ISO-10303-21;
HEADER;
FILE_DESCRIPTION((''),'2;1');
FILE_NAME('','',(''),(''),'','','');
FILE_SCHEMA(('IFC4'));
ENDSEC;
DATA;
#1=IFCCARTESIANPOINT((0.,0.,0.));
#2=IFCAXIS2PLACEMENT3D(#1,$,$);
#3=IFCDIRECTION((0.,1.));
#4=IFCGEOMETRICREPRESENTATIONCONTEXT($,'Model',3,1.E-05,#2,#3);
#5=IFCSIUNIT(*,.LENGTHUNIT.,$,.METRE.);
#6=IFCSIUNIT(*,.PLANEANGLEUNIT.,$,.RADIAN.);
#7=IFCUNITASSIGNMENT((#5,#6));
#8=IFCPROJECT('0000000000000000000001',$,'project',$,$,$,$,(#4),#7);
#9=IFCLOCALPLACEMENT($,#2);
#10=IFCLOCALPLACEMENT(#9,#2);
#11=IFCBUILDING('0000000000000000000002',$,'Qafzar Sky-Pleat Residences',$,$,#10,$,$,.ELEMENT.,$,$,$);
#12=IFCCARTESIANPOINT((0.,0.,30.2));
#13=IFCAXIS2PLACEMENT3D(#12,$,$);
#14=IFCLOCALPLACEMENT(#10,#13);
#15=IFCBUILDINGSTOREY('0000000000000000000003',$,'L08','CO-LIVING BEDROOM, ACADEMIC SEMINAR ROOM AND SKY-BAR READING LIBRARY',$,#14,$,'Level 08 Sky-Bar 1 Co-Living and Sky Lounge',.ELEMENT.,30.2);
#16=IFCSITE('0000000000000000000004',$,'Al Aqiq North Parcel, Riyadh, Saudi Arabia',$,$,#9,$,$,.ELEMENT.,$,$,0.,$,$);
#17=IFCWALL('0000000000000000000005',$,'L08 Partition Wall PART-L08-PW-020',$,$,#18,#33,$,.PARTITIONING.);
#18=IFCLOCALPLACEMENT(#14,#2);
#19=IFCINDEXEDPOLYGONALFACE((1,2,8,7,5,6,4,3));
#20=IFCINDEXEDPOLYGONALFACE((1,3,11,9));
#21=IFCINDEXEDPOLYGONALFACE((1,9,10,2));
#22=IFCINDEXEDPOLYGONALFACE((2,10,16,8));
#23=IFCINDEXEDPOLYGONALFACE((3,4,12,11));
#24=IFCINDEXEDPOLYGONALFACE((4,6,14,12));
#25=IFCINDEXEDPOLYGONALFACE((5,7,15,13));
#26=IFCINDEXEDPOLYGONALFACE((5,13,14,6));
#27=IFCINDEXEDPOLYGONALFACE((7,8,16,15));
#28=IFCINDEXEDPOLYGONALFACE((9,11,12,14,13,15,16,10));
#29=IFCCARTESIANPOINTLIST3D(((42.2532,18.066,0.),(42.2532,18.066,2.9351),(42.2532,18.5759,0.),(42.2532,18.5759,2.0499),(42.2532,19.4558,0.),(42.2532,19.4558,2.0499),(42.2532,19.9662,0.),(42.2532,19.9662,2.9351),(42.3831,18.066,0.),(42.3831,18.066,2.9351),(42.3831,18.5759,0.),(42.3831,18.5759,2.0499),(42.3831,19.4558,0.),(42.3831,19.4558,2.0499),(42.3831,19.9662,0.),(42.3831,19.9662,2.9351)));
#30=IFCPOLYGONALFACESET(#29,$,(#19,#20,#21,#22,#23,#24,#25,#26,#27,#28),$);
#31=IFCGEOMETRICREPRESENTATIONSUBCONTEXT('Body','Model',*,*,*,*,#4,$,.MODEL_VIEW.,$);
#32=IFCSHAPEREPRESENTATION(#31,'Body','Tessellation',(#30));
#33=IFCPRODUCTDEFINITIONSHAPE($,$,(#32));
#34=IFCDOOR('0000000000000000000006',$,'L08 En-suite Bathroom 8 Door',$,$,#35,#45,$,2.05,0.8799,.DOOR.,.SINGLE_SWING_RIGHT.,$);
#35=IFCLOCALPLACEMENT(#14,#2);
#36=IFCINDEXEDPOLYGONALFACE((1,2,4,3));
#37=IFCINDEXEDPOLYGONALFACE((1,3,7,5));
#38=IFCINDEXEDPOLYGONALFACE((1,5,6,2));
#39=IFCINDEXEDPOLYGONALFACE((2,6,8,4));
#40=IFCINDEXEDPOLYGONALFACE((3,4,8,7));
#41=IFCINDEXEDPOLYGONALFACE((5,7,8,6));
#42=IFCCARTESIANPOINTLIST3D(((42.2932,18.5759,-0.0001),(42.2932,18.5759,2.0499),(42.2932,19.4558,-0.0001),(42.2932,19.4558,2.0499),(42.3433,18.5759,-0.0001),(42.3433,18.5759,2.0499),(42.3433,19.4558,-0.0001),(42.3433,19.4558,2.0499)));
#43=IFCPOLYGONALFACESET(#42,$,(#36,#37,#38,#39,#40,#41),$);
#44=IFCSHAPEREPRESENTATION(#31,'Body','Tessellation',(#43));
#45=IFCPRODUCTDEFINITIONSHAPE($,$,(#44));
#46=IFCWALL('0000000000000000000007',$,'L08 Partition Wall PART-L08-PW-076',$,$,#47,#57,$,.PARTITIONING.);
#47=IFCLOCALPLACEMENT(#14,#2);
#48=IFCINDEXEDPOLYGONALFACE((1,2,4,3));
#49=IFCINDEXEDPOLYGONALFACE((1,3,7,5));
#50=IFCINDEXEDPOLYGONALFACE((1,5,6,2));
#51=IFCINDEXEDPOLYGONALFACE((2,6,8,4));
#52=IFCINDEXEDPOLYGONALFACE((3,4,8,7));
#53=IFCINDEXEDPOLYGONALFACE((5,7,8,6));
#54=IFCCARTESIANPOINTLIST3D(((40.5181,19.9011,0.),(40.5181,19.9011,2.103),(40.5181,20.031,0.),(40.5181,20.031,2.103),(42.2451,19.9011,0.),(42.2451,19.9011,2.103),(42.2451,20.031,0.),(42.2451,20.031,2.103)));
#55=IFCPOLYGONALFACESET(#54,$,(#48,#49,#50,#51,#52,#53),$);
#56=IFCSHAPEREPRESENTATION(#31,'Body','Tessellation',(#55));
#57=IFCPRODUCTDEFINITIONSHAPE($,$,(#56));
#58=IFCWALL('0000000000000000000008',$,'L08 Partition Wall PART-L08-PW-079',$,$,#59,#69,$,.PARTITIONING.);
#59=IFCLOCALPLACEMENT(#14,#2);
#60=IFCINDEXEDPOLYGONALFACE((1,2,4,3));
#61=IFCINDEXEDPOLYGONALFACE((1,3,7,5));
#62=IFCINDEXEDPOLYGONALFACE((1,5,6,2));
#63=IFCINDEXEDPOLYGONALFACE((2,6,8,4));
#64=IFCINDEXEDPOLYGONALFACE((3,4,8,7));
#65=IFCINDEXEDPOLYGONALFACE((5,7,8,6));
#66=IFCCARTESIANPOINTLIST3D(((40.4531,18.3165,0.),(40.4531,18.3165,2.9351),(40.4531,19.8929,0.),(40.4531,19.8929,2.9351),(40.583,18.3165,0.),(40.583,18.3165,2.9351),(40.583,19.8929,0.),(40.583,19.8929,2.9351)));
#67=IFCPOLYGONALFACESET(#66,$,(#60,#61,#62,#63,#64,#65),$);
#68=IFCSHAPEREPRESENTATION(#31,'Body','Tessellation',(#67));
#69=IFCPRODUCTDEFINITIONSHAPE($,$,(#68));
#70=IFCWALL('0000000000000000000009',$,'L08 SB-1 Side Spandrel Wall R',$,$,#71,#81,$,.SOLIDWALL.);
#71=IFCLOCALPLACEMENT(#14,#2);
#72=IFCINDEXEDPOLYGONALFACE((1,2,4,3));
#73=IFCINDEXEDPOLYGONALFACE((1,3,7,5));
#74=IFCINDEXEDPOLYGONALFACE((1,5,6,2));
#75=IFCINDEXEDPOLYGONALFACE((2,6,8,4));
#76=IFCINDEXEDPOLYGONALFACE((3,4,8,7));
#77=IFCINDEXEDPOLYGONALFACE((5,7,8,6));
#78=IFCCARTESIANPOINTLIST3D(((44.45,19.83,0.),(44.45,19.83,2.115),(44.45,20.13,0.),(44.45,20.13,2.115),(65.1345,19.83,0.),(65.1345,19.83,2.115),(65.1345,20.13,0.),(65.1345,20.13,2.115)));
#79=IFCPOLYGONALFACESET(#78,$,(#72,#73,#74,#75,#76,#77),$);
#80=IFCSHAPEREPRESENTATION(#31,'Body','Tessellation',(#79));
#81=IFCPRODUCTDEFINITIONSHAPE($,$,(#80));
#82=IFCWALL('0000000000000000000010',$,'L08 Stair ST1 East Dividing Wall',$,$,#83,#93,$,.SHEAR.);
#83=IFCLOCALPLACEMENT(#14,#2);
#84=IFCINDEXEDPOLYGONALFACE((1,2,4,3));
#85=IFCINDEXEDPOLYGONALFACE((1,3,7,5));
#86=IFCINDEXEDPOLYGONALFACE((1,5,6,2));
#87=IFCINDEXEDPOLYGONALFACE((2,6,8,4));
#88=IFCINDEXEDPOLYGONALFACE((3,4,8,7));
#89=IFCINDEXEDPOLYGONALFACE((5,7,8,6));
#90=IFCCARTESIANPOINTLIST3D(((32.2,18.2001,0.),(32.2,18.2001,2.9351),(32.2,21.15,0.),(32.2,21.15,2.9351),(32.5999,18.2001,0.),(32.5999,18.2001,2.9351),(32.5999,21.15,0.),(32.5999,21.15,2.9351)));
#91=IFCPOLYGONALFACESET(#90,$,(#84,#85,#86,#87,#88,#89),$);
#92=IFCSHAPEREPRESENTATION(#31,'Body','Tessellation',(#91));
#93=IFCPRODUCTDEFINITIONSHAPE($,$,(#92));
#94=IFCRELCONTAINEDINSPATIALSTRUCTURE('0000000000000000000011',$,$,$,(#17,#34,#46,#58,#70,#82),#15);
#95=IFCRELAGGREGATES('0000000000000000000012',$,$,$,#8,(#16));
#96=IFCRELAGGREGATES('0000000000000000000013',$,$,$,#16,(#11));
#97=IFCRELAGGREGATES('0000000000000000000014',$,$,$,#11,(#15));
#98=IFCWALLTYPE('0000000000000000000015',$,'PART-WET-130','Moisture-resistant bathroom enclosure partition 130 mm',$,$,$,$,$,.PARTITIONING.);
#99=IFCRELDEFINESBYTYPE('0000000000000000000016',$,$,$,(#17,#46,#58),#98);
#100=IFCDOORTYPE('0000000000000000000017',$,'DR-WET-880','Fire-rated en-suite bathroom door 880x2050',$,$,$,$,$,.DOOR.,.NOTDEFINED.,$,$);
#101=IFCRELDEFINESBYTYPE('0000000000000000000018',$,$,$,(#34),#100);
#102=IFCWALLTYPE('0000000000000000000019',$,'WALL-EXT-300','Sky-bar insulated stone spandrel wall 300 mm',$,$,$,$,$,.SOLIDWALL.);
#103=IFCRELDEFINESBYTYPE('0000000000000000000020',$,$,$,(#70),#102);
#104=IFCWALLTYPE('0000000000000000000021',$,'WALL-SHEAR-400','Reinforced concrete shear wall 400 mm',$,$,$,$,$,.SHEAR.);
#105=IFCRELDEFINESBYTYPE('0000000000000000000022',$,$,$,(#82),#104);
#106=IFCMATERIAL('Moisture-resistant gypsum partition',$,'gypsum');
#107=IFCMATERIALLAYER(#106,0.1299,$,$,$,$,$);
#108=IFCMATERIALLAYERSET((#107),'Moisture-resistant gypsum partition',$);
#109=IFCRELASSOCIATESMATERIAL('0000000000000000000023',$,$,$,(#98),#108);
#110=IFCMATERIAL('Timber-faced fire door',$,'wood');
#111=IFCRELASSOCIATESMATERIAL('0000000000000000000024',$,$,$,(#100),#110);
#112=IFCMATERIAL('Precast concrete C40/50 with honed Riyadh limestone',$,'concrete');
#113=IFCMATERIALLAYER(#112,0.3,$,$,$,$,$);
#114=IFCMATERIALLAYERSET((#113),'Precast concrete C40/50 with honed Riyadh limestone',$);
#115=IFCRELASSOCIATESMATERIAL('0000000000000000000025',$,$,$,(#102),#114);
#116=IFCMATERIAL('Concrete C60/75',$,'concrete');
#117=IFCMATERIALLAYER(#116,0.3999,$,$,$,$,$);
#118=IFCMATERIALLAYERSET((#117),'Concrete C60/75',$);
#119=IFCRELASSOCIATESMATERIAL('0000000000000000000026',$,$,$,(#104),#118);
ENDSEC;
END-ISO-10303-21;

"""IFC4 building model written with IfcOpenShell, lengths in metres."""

from ifc_helpers import new_model, si_unit, direction, frame, frame_2d, origin, place, context, subcontext, project, spatial, rectangle, extrude, source, transform, mapped, material, layer, layer_set, type_object, element, fill, save


model = new_model("IFC4")

# Units and contexts
model_context = context("Model", 3, precision=1e-05, world=origin(), true_north=direction((0.0, 1.0)))
body_context = subcontext(model_context, "Body", "Model", "MODEL_VIEW")
ifc_project = project(units=[si_unit("LENGTHUNIT", "METRE"), si_unit("PLANEANGLEUNIT", "RADIAN")], contexts=[model_context])

# Site, building, storey
site_placement = place(None, origin())
site = spatial("IfcSite", under=ifc_project, at=site_placement, Name="Al Aqiq North Parcel, Riyadh, Saudi Arabia", CompositionType="ELEMENT", RefElevation=0.0)
building_placement = place(site_placement, origin())
building = spatial("IfcBuilding", under=site, at=building_placement, Name="Qafzar Sky-Pleat Residences", CompositionType="ELEMENT")
storey_placement = place(building_placement, frame((0.0, 0.0, 30.2)))
storey = spatial("IfcBuildingStorey", under=building, at=storey_placement, Name="L08", Description="CO-LIVING BEDROOM, ACADEMIC SEMINAR ROOM AND SKY-BAR READING LIBRARY", LongName="Level 08 Sky-Bar 1 Co-Living and Sky Lounge", CompositionType="ELEMENT", Elevation=30.2)

# Shared definitions
ifc_material_1 = material(Name="Timber-faced fire door", Category="wood")

# Wall, opening, door
ifc_material_2 = material(Name="Moisture-resistant gypsum partition", Category="gypsum")
ifc_layer_1 = layer(ifc_material_2, 0.1299)
ifc_layer_set_1 = layer_set([ifc_layer_1], Name="Moisture-resistant gypsum partition")
wall_type_1 = type_object("IfcWallType", Name="PART-WET-130", Description="Moisture-resistant bathroom enclosure partition 130 mm", PredefinedType="PARTITIONING", material=ifc_layer_set_1)
wall_1_placement = place(storey_placement, frame((42.3181, 18.0659, 0.0), z_axis=(0.0, 0.0, 1.0), x_axis=(0.0, 1.0, 0.0)))
wall_1 = element("IfcWall", 1, at=wall_1_placement, inside=storey, type_object=wall_type_1, Name="L08 Partition Wall PART-L08-PW-020", PredefinedType="PARTITIONING", context=body_context, shape_type="SweptSolid", body=[
    extrude(rectangle(XDim=1.9001, YDim=0.1299, at=frame_2d((0.9502, 0.0))), origin(), (0.0, 0.0, 1.0), 2.9351),
])
opening_1_placement = place(wall_1_placement, frame((0.51, 0.0, 0.0)))
opening_1 = element("IfcOpeningElement", 2, at=opening_1_placement, cuts=wall_1, PredefinedType="OPENING", context=body_context, shape_type="SweptSolid", body=[
    extrude(rectangle(XDim=0.8799, YDim=2.05, at=frame_2d((0.4399, 1.0249))), frame((0.0, 0.075, 0.0), z_axis=(0.0, -1.0, 0.0), x_axis=(1.0, 0.0, 0.0)), (0.0, 0.0, 1.0), 0.1499),
])
door_type_1 = type_object("IfcDoorType", Name="DR-WET-880", Description="Fire-rated en-suite bathroom door 880x2050", OperationType="NOTDEFINED", PredefinedType="DOOR", material=ifc_material_1)
shared_shape_1 = source(origin(), body_context, "Body", "SweptSolid", [
    extrude(rectangle(XDim=0.8799, YDim=2.05, at=frame_2d((0.4399, 1.0249))), frame((0.0, 0.0249, 0.0), z_axis=(0.0, -1.0, 0.0), x_axis=(1.0, 0.0, 0.0)), (0.0, 0.0, 1.0), 0.05),
])
door_1_placement = place(opening_1_placement, origin())
door_1 = element("IfcDoor", 3, at=door_1_placement, inside=storey, type_object=door_type_1, Name="L08 En-suite Bathroom 8 Door", OperationType="SINGLE_SWING_RIGHT", OverallHeight=2.05, OverallWidth=0.8799, PredefinedType="DOOR", context=body_context, shape_type="MappedRepresentation", body=[
    mapped(shared_shape_1, transform((0.0, 0.0, 0.0), x_axis=(1.0, 0.0, 0.0), y_axis=(0.0, 1.0, 0.0), z_axis=(0.0, 0.0, 1.0), scale=1.0)),
])
fill(opening_1, door_1)

# Walls
wall_2_placement = place(storey_placement, frame((40.5181, 19.9661, 0.0), z_axis=(0.0, 0.0, 1.0), x_axis=(1.0, 0.0, 0.0)))
element("IfcWall", 4, at=wall_2_placement, inside=storey, type_object=wall_type_1, Name="L08 Partition Wall PART-L08-PW-076", PredefinedType="PARTITIONING", context=body_context, shape_type="SweptSolid", body=[
    extrude(rectangle(XDim=1.7271, YDim=0.1299, at=frame_2d((0.8635, 0.0))), origin(), (0.0, 0.0, 1.0), 2.103),
])
wall_3_placement = place(storey_placement, frame((40.5181, 18.3167, 0.0), z_axis=(0.0, 0.0, 1.0), x_axis=(0.0, 1.0, 0.0)))
element("IfcWall", 5, at=wall_3_placement, inside=storey, type_object=wall_type_1, Name="L08 Partition Wall PART-L08-PW-079", PredefinedType="PARTITIONING", context=body_context, shape_type="SweptSolid", body=[
    extrude(rectangle(XDim=1.5764, YDim=0.1299, at=frame_2d((0.7881, 0.0))), origin(), (0.0, 0.0, 1.0), 2.9351),
])
ifc_material_3 = material(Name="Precast concrete C40/50 with honed Riyadh limestone", Category="concrete")
ifc_layer_2 = layer(ifc_material_3, 0.3)
ifc_layer_set_2 = layer_set([ifc_layer_2], Name="Precast concrete C40/50 with honed Riyadh limestone")
wall_type_2 = type_object("IfcWallType", Name="WALL-EXT-300", Description="Sky-bar insulated stone spandrel wall 300 mm", PredefinedType="SOLIDWALL", material=ifc_layer_set_2)
wall_4_placement = place(storey_placement, frame((44.45, 19.98, 0.0), z_axis=(0.0, 0.0, 1.0), x_axis=(1.0, 0.0, 0.0)))
element("IfcWall", 6, at=wall_4_placement, inside=storey, type_object=wall_type_2, Name="L08 SB-1 Side Spandrel Wall R", PredefinedType="SOLIDWALL", context=body_context, shape_type="SweptSolid", body=[
    extrude(rectangle(XDim=20.6846, YDim=0.3, at=frame_2d((10.3423, 0.0))), origin(), (0.0, 0.0, 1.0), 2.115),
])
ifc_material_4 = material(Name="Concrete C60/75", Category="concrete")
ifc_layer_3 = layer(ifc_material_4, 0.3999)
ifc_layer_set_3 = layer_set([ifc_layer_3], Name="Concrete C60/75")
wall_type_3 = type_object("IfcWallType", Name="WALL-SHEAR-400", Description="Reinforced concrete shear wall 400 mm", PredefinedType="SHEAR", material=ifc_layer_set_3)
wall_5_placement = place(storey_placement, frame((32.3999, 18.2, 0.0), z_axis=(0.0, 0.0, 1.0), x_axis=(0.0, 1.0, 0.0)))
element("IfcWall", 7, at=wall_5_placement, inside=storey, type_object=wall_type_3, Name="L08 Stair ST1 East Dividing Wall", PredefinedType="SHEAR", context=body_context, shape_type="SweptSolid", body=[
    extrude(rectangle(XDim=2.95, YDim=0.3999, at=frame_2d((1.4751, 0.0))), origin(), (0.0, 0.0, 1.0), 2.9351),
])

save(model, "model.ifc")
